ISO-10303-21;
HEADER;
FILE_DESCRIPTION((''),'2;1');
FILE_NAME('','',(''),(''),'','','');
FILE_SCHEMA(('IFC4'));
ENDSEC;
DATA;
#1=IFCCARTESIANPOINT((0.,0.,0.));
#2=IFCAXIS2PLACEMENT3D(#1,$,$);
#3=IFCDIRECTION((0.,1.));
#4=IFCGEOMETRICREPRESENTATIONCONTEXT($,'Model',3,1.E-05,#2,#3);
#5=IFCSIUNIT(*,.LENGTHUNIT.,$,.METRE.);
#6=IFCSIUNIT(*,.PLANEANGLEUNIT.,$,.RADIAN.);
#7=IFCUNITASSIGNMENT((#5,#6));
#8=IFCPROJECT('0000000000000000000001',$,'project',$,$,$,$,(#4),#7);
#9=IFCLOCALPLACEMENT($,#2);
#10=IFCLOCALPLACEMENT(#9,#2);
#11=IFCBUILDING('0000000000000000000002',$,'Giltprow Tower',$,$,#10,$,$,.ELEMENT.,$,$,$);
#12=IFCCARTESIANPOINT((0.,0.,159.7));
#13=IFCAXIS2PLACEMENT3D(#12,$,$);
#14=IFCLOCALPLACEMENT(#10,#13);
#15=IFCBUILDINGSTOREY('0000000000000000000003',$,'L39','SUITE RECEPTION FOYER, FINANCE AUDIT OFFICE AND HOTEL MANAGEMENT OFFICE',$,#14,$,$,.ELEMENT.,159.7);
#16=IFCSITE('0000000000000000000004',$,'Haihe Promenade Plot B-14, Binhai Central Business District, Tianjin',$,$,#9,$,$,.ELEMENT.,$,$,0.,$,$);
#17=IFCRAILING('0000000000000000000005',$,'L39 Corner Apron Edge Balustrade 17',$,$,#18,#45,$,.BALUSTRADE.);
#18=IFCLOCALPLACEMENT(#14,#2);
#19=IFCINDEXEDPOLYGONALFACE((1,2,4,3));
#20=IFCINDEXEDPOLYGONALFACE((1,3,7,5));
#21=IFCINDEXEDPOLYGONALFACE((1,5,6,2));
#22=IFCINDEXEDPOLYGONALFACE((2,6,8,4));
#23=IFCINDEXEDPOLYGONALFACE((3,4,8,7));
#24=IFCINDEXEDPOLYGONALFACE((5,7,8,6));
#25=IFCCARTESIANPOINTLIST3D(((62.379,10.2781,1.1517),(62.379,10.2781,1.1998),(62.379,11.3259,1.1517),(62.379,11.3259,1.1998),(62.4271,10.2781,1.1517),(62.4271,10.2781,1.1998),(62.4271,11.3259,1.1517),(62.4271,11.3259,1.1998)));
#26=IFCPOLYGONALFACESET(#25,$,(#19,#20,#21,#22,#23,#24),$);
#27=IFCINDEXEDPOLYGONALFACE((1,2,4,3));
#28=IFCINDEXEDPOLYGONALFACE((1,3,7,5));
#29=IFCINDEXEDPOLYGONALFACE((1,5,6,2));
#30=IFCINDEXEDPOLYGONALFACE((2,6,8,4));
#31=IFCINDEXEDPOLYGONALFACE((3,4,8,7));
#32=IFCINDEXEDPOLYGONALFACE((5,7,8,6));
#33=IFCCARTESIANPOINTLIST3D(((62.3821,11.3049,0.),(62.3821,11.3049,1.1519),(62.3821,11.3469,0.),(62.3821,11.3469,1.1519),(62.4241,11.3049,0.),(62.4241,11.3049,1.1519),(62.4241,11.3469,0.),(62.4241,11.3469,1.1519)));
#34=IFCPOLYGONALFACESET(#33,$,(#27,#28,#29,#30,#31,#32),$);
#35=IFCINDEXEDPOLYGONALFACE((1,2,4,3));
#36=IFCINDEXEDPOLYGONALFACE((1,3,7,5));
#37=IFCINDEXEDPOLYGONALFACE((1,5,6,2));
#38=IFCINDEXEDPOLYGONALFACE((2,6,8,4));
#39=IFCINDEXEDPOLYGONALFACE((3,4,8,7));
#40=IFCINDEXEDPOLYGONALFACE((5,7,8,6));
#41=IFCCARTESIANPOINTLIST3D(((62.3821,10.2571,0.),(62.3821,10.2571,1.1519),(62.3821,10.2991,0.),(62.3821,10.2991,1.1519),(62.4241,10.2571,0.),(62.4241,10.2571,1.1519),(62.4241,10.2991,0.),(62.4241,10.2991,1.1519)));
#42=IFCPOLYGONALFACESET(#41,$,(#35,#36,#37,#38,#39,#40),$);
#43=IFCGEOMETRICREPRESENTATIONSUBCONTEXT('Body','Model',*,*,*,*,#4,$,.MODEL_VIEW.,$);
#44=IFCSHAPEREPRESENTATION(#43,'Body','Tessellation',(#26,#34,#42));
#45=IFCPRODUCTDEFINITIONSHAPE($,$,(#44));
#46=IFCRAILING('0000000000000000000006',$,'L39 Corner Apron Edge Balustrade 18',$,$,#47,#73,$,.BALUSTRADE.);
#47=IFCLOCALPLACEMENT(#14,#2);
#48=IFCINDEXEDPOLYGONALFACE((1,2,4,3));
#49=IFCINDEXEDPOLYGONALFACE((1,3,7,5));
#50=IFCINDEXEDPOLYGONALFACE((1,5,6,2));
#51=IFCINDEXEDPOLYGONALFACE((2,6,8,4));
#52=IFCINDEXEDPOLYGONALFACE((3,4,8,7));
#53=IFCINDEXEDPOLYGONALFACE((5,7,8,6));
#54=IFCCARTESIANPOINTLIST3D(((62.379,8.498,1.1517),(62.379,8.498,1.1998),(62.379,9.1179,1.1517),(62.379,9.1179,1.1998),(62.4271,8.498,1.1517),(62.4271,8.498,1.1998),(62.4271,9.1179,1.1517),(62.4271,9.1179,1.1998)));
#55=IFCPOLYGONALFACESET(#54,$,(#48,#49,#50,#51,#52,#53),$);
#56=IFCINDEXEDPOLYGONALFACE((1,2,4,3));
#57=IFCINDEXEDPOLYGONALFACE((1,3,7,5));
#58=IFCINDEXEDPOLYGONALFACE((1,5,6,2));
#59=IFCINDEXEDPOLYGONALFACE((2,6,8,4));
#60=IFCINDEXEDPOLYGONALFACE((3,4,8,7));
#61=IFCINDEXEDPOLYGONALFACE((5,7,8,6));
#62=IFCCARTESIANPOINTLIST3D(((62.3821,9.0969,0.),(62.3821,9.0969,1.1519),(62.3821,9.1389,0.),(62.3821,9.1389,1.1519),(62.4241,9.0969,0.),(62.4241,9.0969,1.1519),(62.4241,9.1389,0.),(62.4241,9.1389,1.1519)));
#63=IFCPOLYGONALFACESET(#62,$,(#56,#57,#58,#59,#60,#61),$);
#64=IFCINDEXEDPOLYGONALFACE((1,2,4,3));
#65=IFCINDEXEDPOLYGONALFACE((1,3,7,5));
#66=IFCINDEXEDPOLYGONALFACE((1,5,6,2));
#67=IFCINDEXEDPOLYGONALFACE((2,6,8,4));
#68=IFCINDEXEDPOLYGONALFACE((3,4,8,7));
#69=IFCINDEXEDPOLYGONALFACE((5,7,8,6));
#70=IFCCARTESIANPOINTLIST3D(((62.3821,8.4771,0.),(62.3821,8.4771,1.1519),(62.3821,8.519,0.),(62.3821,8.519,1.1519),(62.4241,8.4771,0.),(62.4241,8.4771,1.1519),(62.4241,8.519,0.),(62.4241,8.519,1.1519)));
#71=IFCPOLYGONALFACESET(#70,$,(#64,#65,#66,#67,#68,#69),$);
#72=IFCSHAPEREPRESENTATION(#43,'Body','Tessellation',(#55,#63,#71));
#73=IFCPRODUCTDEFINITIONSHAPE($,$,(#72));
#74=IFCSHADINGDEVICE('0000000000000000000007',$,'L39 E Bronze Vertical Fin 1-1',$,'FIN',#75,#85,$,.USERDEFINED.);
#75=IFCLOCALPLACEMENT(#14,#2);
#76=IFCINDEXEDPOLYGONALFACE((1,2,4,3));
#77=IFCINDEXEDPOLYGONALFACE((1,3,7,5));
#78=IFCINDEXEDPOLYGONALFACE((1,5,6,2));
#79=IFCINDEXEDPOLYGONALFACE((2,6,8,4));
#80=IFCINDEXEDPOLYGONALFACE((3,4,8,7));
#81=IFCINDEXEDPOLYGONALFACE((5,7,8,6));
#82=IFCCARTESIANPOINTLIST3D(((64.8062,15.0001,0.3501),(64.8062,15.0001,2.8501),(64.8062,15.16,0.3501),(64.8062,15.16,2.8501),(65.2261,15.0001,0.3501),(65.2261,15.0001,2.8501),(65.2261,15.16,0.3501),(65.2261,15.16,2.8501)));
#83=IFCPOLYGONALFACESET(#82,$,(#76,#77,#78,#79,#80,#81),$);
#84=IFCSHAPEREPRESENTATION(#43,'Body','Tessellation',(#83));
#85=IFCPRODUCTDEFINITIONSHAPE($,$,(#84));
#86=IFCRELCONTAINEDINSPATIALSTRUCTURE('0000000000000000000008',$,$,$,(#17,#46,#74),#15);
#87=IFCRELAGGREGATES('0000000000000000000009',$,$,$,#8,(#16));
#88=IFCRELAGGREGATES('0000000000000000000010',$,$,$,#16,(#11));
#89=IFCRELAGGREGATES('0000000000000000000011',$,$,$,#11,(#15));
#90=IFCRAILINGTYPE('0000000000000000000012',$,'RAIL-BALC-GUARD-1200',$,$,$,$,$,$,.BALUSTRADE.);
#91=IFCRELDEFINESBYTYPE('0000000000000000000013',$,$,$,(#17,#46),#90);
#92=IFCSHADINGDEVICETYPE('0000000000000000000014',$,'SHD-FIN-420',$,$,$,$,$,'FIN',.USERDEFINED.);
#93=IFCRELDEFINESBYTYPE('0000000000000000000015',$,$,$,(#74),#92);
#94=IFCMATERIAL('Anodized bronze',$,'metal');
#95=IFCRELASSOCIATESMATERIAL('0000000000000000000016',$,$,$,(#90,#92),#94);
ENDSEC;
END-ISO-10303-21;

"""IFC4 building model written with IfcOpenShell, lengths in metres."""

from ifc_helpers import new_model, si_unit, direction, frame, origin, origin_2d, place, context, subcontext, project, spatial, rectangle, extrude, source, transform, mapped, material, type_object, element, save


model = new_model("IFC4")

# Units and contexts
model_context = context("Model", 3, precision=1e-05, world=origin(), true_north=direction((0.0, 1.0)))
body_context = subcontext(model_context, "Body", "Model", "MODEL_VIEW")
ifc_project = project(units=[si_unit("LENGTHUNIT", "METRE"), si_unit("PLANEANGLEUNIT", "RADIAN")], contexts=[model_context])

# Site, building, storey
site_placement = place(None, origin())
site = spatial("IfcSite", under=ifc_project, at=site_placement, Name="Haihe Promenade Plot B-14, Binhai Central Business District, Tianjin", CompositionType="ELEMENT", RefElevation=0.0)
building_placement = place(site_placement, origin())
building = spatial("IfcBuilding", under=site, at=building_placement, Name="Giltprow Tower", CompositionType="ELEMENT")
storey_placement = place(building_placement, frame((0.0, 0.0, 159.7)))
storey = spatial("IfcBuildingStorey", under=building, at=storey_placement, Name="L39", Description="SUITE RECEPTION FOYER, FINANCE AUDIT OFFICE AND HOTEL MANAGEMENT OFFICE", CompositionType="ELEMENT", Elevation=159.7)

# Shared definitions
ifc_material_1 = material(Name="Anodized bronze", Category="metal")

# Railings
railing_type = type_object("IfcRailingType", Name="RAIL-BALC-GUARD-1200", PredefinedType="BALUSTRADE", material=ifc_material_1)
railing_1_placement = place(storey_placement, frame((62.4031, 11.3259, 0.0)))
element("IfcRailing", 1, at=railing_1_placement, inside=storey, type_object=railing_type, Name="L39 Corner Apron Edge Balustrade 17", PredefinedType="BALUSTRADE", context=body_context, shape_type="SweptSolid", body=[
    extrude(rectangle(XDim=0.0481, YDim=0.0481, at=origin_2d()), frame((0.0, 0.0, 1.1758), z_axis=(0.0, -1.0, 0.0), x_axis=(1.0, 0.0, 0.0)), (0.0, 0.0, 1.0), 1.0479),
    extrude(rectangle(XDim=0.042, YDim=0.042, at=origin_2d()), origin(), (0.0, 0.0, 1.0), 1.1519),
    extrude(rectangle(XDim=0.042, YDim=0.042, at=origin_2d()), frame((0.0, -1.0479, 0.0)), (0.0, 0.0, 1.0), 1.1519),
])
railing_2_placement = place(storey_placement, frame((62.4031, 9.1179, 0.0)))
element("IfcRailing", 2, at=railing_2_placement, inside=storey, type_object=railing_type, Name="L39 Corner Apron Edge Balustrade 18", PredefinedType="BALUSTRADE", context=body_context, shape_type="SweptSolid", body=[
    extrude(rectangle(XDim=0.0481, YDim=0.0481, at=origin_2d()), frame((0.0, 0.0, 1.1758), z_axis=(0.0, -1.0, 0.0), x_axis=(1.0, 0.0, 0.0)), (0.0, 0.0, 1.0), 0.6199),
    extrude(rectangle(XDim=0.042, YDim=0.042, at=origin_2d()), origin(), (0.0, 0.0, 1.0), 1.1519),
    extrude(rectangle(XDim=0.042, YDim=0.042, at=origin_2d()), frame((0.0, -0.6199, 0.0)), (0.0, 0.0, 1.0), 1.1519),
])

# Shading device
shading_device_type = type_object("IfcShadingDeviceType", Name="SHD-FIN-420", ElementType="FIN", PredefinedType="USERDEFINED", material=ifc_material_1)
shared_shape_1 = source(origin(), body_context, "Body", "SweptSolid", [
    extrude(rectangle(XDim=0.4199, YDim=0.1599, at=origin_2d()), origin(), (0.0, 0.0, 1.0), 2.5),
])
shading_device_placement = place(storey_placement, frame((65.0161, 15.0801, 0.3501), z_axis=(0.0, 0.0, 1.0), x_axis=(1.0, 0.0, 0.0)))
element("IfcShadingDevice", 3, at=shading_device_placement, inside=storey, type_object=shading_device_type, Name="L39 E Bronze Vertical Fin 1-1", ObjectType="FIN", PredefinedType="USERDEFINED", context=body_context, shape_type="MappedRepresentation", body=[
    mapped(shared_shape_1, transform((0.0, 0.0, 0.0), x_axis=(1.0, 0.0, 0.0), y_axis=(0.0, 1.0, 0.0), z_axis=(0.0, 0.0, 1.0), scale=1.0)),
])

save(model, "model.ifc")
